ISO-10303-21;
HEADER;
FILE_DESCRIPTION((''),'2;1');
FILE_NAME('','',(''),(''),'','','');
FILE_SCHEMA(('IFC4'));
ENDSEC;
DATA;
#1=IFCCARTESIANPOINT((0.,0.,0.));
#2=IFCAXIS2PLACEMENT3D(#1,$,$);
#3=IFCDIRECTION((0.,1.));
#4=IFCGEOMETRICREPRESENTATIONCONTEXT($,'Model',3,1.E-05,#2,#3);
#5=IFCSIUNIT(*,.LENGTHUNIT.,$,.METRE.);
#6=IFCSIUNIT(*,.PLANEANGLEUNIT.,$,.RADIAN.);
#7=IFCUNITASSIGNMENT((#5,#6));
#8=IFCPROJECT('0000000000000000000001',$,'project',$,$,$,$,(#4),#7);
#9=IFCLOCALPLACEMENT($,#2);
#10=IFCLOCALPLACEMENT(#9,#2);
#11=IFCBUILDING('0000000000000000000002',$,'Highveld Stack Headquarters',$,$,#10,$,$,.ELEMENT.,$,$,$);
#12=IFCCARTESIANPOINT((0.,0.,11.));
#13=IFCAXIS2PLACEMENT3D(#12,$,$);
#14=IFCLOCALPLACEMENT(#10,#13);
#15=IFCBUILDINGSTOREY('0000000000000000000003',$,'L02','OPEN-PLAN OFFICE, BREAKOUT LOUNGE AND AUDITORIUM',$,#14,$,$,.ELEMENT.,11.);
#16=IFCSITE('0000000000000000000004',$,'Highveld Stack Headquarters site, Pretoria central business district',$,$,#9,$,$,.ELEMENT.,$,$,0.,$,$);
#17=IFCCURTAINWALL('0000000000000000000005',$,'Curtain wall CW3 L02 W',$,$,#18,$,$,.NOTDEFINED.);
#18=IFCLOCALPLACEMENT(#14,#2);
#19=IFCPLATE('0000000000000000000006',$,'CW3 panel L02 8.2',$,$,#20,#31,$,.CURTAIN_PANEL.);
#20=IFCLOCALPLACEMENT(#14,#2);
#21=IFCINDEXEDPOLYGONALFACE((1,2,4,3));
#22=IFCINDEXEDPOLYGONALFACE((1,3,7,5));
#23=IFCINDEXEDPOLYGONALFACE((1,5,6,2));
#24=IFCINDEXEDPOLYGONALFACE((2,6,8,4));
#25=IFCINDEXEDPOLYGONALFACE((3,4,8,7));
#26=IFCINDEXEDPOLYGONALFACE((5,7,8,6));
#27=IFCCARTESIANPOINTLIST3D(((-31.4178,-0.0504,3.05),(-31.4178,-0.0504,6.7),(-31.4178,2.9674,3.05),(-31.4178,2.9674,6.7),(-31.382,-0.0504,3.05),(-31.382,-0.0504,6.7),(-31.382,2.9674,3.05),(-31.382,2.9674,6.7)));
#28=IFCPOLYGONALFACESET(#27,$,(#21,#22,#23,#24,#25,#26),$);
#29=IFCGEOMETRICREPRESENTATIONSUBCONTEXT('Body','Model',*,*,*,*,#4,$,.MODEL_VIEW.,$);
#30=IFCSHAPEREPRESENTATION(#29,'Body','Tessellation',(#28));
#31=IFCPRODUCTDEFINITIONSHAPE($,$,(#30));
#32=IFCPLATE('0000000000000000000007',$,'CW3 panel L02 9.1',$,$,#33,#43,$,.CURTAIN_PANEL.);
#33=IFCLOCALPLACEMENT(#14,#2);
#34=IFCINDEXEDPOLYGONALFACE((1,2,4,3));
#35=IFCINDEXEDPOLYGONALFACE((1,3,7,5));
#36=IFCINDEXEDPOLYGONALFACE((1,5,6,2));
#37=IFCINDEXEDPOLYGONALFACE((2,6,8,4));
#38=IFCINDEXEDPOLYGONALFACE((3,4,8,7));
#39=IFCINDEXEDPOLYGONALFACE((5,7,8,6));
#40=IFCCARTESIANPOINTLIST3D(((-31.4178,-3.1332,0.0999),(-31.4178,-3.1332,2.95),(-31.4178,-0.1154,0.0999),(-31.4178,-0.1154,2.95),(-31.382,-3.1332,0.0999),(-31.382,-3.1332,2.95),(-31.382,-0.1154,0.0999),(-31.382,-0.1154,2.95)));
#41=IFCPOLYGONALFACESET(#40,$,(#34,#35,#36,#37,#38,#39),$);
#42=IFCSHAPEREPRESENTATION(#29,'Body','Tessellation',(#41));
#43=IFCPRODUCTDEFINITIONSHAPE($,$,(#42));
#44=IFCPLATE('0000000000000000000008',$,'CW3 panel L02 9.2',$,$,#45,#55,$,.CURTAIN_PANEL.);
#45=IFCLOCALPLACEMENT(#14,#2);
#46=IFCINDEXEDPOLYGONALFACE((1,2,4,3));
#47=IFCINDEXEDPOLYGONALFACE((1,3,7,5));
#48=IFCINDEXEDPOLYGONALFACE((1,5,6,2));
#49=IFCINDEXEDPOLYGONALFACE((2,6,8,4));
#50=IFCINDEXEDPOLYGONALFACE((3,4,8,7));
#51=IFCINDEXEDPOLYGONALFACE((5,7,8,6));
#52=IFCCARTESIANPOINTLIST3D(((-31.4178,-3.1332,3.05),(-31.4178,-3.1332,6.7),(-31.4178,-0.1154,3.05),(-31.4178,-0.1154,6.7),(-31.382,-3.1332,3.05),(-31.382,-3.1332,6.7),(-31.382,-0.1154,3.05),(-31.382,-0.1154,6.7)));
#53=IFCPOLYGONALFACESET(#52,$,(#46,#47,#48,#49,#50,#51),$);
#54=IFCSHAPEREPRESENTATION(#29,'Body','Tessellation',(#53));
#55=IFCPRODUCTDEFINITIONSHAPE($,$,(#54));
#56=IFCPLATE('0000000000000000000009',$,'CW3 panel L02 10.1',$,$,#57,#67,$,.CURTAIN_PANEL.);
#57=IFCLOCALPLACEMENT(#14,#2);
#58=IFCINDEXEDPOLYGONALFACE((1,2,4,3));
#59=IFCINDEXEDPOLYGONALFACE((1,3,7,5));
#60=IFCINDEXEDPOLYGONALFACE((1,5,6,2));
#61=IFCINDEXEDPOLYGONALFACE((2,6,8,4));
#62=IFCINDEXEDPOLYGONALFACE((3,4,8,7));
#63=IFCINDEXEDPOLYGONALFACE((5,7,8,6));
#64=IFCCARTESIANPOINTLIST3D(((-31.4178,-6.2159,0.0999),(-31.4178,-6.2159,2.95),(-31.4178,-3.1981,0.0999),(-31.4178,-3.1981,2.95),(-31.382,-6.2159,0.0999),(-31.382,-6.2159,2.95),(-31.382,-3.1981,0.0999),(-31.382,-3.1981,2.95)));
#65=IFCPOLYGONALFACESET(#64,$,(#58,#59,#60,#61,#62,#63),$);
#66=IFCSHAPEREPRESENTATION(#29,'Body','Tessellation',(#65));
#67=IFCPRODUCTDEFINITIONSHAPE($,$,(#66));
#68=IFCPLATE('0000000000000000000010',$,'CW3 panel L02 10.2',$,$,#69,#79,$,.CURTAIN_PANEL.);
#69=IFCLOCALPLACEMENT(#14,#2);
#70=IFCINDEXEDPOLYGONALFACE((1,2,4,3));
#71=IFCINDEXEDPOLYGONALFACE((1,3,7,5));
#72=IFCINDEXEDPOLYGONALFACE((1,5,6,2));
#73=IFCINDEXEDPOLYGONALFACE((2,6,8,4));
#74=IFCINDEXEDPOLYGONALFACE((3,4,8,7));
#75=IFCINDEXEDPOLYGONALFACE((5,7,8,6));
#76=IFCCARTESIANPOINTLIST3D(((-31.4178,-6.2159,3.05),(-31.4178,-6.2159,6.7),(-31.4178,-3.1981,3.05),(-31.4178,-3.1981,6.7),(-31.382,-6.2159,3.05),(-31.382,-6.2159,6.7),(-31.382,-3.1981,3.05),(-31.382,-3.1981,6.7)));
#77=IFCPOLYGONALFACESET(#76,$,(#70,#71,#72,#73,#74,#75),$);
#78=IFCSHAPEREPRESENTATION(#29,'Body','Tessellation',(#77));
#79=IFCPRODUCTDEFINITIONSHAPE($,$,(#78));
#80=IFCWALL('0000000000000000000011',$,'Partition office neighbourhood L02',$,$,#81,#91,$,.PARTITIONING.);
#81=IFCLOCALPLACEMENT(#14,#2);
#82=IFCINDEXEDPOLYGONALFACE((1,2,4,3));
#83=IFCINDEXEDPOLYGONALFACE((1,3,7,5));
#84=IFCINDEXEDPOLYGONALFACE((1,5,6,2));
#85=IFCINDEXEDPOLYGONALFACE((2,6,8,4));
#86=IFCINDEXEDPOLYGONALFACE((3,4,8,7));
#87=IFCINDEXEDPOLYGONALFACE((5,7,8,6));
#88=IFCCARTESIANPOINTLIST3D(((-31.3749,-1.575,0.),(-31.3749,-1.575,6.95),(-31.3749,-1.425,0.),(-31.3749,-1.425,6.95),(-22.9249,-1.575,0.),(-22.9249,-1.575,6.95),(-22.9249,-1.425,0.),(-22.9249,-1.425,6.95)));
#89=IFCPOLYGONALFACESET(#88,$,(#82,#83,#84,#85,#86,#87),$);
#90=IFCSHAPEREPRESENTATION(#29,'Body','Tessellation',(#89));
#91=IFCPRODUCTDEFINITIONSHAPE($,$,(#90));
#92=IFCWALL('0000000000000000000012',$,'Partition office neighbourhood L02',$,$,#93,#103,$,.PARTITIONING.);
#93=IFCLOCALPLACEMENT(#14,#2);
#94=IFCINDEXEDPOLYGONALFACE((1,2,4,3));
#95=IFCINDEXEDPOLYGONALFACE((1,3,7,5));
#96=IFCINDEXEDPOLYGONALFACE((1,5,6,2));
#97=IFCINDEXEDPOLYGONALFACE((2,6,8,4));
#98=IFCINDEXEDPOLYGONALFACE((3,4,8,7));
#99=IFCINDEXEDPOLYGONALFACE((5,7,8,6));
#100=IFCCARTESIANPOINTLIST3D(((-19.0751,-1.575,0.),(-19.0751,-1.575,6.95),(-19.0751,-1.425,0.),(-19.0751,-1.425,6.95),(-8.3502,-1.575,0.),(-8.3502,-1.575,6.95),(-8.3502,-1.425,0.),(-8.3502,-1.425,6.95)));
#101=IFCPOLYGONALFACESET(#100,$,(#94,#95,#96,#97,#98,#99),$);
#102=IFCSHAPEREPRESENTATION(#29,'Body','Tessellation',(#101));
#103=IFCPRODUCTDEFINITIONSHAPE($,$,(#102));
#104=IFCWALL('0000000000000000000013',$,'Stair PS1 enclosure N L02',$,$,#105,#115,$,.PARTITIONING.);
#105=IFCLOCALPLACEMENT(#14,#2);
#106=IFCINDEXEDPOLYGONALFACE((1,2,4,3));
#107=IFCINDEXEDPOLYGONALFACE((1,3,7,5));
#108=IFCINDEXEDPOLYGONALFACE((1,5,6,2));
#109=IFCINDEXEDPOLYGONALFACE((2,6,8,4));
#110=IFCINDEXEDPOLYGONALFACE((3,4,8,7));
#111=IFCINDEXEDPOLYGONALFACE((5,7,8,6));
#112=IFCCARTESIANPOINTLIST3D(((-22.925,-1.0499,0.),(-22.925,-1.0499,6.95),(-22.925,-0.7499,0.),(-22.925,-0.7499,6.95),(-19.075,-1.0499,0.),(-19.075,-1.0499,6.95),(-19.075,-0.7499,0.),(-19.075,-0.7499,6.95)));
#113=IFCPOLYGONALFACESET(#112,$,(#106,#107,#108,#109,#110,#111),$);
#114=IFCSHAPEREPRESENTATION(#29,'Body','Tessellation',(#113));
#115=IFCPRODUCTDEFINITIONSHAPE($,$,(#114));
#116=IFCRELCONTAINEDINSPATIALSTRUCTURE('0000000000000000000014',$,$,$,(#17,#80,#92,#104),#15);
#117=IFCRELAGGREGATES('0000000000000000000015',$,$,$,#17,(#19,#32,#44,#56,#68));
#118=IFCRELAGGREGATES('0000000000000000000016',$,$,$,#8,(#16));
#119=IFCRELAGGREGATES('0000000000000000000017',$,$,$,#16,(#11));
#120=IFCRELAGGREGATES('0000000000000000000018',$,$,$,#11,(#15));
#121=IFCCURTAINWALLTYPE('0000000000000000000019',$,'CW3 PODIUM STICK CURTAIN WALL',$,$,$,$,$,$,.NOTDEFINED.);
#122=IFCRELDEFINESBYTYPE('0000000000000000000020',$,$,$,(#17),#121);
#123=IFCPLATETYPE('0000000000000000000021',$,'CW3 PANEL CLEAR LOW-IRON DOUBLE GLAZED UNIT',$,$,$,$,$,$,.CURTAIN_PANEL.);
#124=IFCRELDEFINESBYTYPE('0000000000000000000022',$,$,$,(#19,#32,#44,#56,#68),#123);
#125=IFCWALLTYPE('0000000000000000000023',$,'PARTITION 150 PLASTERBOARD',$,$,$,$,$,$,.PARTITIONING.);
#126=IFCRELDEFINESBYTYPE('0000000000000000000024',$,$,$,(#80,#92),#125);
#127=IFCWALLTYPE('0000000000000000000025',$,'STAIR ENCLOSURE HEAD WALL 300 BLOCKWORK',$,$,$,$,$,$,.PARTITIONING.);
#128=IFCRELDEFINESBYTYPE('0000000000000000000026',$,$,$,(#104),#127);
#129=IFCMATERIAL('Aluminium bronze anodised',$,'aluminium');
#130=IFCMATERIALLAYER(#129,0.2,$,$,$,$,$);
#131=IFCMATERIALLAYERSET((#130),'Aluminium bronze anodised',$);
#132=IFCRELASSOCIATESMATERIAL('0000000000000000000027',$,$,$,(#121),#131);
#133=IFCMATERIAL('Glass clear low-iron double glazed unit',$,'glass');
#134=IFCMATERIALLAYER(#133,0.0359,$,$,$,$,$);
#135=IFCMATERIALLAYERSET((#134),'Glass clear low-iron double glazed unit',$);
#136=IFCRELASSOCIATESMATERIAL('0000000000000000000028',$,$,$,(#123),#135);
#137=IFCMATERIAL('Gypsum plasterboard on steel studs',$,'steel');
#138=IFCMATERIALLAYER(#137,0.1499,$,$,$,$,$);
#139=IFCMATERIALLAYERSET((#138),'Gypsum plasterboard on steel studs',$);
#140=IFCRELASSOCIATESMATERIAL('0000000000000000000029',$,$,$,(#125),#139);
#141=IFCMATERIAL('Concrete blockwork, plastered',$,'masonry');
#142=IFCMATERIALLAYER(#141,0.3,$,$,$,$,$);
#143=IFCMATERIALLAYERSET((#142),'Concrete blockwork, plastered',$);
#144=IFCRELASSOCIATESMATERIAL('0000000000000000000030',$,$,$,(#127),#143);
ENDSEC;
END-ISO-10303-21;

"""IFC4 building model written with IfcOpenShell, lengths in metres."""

from ifc_helpers import new_model, si_unit, direction, frame, frame_2d, origin, origin_2d, place, context, subcontext, project, spatial, rectangle, extrude, material, layer, layer_set, type_object, element, aggregate, save


model = new_model("IFC4")

# Units and contexts
model_context = context("Model", 3, precision=1e-05, world=origin(), true_north=direction((0.0, 1.0)))
body_context = subcontext(model_context, "Body", "Model", "MODEL_VIEW")
ifc_project = project(units=[si_unit("LENGTHUNIT", "METRE"), si_unit("PLANEANGLEUNIT", "RADIAN")], contexts=[model_context])

# Site, building, storey
site_placement = place(None, origin())
site = spatial("IfcSite", under=ifc_project, at=site_placement, Name="Highveld Stack Headquarters site, Pretoria central business district", CompositionType="ELEMENT", RefElevation=0.0)
building_placement = place(site_placement, origin())
building = spatial("IfcBuilding", under=site, at=building_placement, Name="Highveld Stack Headquarters", CompositionType="ELEMENT")
storey_placement = place(building_placement, frame((0.0, 0.0, 11.0)))
storey = spatial("IfcBuildingStorey", under=building, at=storey_placement, Name="L02", Description="OPEN-PLAN OFFICE, BREAKOUT LOUNGE AND AUDITORIUM", CompositionType="ELEMENT", Elevation=11.0)

# Curtain wall, plates
ifc_material_1 = material(Name="Aluminium bronze anodised", Category="aluminium")
ifc_layer_1 = layer(ifc_material_1, 0.2)
ifc_layer_set_1 = layer_set([ifc_layer_1], Name="Aluminium bronze anodised")
curtain_wall_type = type_object("IfcCurtainWallType", Name="CW3 PODIUM STICK CURTAIN WALL", PredefinedType="NOTDEFINED", material=ifc_layer_set_1)
curtain_wall_placement = place(storey_placement, origin())
curtain_wall = element("IfcCurtainWall", 1, at=curtain_wall_placement, inside=storey, type_object=curtain_wall_type, Name="Curtain wall CW3 L02 W", PredefinedType="NOTDEFINED")
ifc_material_2 = material(Name="Glass clear low-iron double glazed unit", Category="glass")
ifc_layer_2 = layer(ifc_material_2, 0.0359)
ifc_layer_set_2 = layer_set([ifc_layer_2], Name="Glass clear low-iron double glazed unit")
plate_type = type_object("IfcPlateType", Name="CW3 PANEL CLEAR LOW-IRON DOUBLE GLAZED UNIT", PredefinedType="CURTAIN_PANEL", material=ifc_layer_set_2)
plate_1_placement = place(storey_placement, frame((-31.3999, 1.4585, 3.05), z_axis=(0.0, 0.0, 1.0), x_axis=(0.0, -1.0, 0.0)))
plate_1 = element("IfcPlate", 2, at=plate_1_placement, type_object=plate_type, Name="CW3 panel L02 8.2", PredefinedType="CURTAIN_PANEL", context=body_context, shape_type="SweptSolid", body=[
    extrude(rectangle(XDim=3.0178, YDim=0.0359, at=origin_2d()), origin(), (0.0, 0.0, 1.0), 3.6499),
])
plate_2_placement = place(storey_placement, frame((-31.3999, -1.6243, 0.0999), z_axis=(0.0, 0.0, 1.0), x_axis=(0.0, -1.0, 0.0)))
plate_2 = element("IfcPlate", 3, at=plate_2_placement, type_object=plate_type, Name="CW3 panel L02 9.1", PredefinedType="CURTAIN_PANEL", context=body_context, shape_type="SweptSolid", body=[
    extrude(rectangle(XDim=3.0178, YDim=0.0359, at=origin_2d()), origin(), (0.0, 0.0, 1.0), 2.8501),
])
plate_3_placement = place(storey_placement, frame((-31.3999, -1.6243, 3.05), z_axis=(0.0, 0.0, 1.0), x_axis=(0.0, -1.0, 0.0)))
plate_3 = element("IfcPlate", 4, at=plate_3_placement, type_object=plate_type, Name="CW3 panel L02 9.2", PredefinedType="CURTAIN_PANEL", context=body_context, shape_type="SweptSolid", body=[
    extrude(rectangle(XDim=3.0178, YDim=0.0359, at=origin_2d()), origin(), (0.0, 0.0, 1.0), 3.6499),
])
plate_4_placement = place(storey_placement, frame((-31.3999, -4.707, 0.0999), z_axis=(0.0, 0.0, 1.0), x_axis=(0.0, -1.0, 0.0)))
plate_4 = element("IfcPlate", 5, at=plate_4_placement, type_object=plate_type, Name="CW3 panel L02 10.1", PredefinedType="CURTAIN_PANEL", context=body_context, shape_type="SweptSolid", body=[
    extrude(rectangle(XDim=3.0178, YDim=0.0359, at=origin_2d()), origin(), (0.0, 0.0, 1.0), 2.8501),
])
plate_5_placement = place(storey_placement, frame((-31.3999, -4.707, 3.05), z_axis=(0.0, 0.0, 1.0), x_axis=(0.0, -1.0, 0.0)))
plate_5 = element("IfcPlate", 6, at=plate_5_placement, type_object=plate_type, Name="CW3 panel L02 10.2", PredefinedType="CURTAIN_PANEL", context=body_context, shape_type="SweptSolid", body=[
    extrude(rectangle(XDim=3.0178, YDim=0.0359, at=origin_2d()), origin(), (0.0, 0.0, 1.0), 3.6499),
])
aggregate(curtain_wall, [plate_1, plate_2, plate_3, plate_4, plate_5])

# Walls
ifc_material_3 = material(Name="Gypsum plasterboard on steel studs", Category="steel")
ifc_layer_3 = layer(ifc_material_3, 0.1499)
ifc_layer_set_3 = layer_set([ifc_layer_3], Name="Gypsum plasterboard on steel studs")
wall_type_1 = type_object("IfcWallType", Name="PARTITION 150 PLASTERBOARD", PredefinedType="PARTITIONING", material=ifc_layer_set_3)
wall_1_placement = place(storey_placement, frame((-31.375, -1.5, 0.0), z_axis=(0.0, 0.0, 1.0), x_axis=(1.0, 0.0, 0.0)))
element("IfcWall", 7, at=wall_1_placement, inside=storey, type_object=wall_type_1, Name="Partition office neighbourhood L02", PredefinedType="PARTITIONING", context=body_context, shape_type="SweptSolid", body=[
    extrude(rectangle(XDim=8.45, YDim=0.1499, at=frame_2d((4.2251, 0.0))), origin(), (0.0, 0.0, 1.0), 6.95),
])
wall_2_placement = place(storey_placement, frame((-19.075, -1.5, 0.0), z_axis=(0.0, 0.0, 1.0), x_axis=(1.0, 0.0, 0.0)))
element("IfcWall", 8, at=wall_2_placement, inside=storey, type_object=wall_type_1, Name="Partition office neighbourhood L02", PredefinedType="PARTITIONING", context=body_context, shape_type="SweptSolid", body=[
    extrude(rectangle(XDim=10.7249, YDim=0.1499, at=frame_2d((5.3623, 0.0))), origin(), (0.0, 0.0, 1.0), 6.95),
])
ifc_material_4 = material(Name="Concrete blockwork, plastered", Category="masonry")
ifc_layer_4 = layer(ifc_material_4, 0.3)
ifc_layer_set_4 = layer_set([ifc_layer_4], Name="Concrete blockwork, plastered")
wall_type_2 = type_object("IfcWallType", Name="STAIR ENCLOSURE HEAD WALL 300 BLOCKWORK", PredefinedType="PARTITIONING", material=ifc_layer_set_4)
wall_3_placement = place(storey_placement, frame((-22.925, -0.8999, 0.0), z_axis=(0.0, 0.0, 1.0), x_axis=(1.0, 0.0, 0.0)))
element("IfcWall", 9, at=wall_3_placement, inside=storey, type_object=wall_type_2, Name="Stair PS1 enclosure N L02", PredefinedType="PARTITIONING", context=body_context, shape_type="SweptSolid", body=[
    extrude(rectangle(XDim=3.8501, YDim=0.3, at=frame_2d((1.925, 0.0))), origin(), (0.0, 0.0, 1.0), 6.95),
])

save(model, "model.ifc")
